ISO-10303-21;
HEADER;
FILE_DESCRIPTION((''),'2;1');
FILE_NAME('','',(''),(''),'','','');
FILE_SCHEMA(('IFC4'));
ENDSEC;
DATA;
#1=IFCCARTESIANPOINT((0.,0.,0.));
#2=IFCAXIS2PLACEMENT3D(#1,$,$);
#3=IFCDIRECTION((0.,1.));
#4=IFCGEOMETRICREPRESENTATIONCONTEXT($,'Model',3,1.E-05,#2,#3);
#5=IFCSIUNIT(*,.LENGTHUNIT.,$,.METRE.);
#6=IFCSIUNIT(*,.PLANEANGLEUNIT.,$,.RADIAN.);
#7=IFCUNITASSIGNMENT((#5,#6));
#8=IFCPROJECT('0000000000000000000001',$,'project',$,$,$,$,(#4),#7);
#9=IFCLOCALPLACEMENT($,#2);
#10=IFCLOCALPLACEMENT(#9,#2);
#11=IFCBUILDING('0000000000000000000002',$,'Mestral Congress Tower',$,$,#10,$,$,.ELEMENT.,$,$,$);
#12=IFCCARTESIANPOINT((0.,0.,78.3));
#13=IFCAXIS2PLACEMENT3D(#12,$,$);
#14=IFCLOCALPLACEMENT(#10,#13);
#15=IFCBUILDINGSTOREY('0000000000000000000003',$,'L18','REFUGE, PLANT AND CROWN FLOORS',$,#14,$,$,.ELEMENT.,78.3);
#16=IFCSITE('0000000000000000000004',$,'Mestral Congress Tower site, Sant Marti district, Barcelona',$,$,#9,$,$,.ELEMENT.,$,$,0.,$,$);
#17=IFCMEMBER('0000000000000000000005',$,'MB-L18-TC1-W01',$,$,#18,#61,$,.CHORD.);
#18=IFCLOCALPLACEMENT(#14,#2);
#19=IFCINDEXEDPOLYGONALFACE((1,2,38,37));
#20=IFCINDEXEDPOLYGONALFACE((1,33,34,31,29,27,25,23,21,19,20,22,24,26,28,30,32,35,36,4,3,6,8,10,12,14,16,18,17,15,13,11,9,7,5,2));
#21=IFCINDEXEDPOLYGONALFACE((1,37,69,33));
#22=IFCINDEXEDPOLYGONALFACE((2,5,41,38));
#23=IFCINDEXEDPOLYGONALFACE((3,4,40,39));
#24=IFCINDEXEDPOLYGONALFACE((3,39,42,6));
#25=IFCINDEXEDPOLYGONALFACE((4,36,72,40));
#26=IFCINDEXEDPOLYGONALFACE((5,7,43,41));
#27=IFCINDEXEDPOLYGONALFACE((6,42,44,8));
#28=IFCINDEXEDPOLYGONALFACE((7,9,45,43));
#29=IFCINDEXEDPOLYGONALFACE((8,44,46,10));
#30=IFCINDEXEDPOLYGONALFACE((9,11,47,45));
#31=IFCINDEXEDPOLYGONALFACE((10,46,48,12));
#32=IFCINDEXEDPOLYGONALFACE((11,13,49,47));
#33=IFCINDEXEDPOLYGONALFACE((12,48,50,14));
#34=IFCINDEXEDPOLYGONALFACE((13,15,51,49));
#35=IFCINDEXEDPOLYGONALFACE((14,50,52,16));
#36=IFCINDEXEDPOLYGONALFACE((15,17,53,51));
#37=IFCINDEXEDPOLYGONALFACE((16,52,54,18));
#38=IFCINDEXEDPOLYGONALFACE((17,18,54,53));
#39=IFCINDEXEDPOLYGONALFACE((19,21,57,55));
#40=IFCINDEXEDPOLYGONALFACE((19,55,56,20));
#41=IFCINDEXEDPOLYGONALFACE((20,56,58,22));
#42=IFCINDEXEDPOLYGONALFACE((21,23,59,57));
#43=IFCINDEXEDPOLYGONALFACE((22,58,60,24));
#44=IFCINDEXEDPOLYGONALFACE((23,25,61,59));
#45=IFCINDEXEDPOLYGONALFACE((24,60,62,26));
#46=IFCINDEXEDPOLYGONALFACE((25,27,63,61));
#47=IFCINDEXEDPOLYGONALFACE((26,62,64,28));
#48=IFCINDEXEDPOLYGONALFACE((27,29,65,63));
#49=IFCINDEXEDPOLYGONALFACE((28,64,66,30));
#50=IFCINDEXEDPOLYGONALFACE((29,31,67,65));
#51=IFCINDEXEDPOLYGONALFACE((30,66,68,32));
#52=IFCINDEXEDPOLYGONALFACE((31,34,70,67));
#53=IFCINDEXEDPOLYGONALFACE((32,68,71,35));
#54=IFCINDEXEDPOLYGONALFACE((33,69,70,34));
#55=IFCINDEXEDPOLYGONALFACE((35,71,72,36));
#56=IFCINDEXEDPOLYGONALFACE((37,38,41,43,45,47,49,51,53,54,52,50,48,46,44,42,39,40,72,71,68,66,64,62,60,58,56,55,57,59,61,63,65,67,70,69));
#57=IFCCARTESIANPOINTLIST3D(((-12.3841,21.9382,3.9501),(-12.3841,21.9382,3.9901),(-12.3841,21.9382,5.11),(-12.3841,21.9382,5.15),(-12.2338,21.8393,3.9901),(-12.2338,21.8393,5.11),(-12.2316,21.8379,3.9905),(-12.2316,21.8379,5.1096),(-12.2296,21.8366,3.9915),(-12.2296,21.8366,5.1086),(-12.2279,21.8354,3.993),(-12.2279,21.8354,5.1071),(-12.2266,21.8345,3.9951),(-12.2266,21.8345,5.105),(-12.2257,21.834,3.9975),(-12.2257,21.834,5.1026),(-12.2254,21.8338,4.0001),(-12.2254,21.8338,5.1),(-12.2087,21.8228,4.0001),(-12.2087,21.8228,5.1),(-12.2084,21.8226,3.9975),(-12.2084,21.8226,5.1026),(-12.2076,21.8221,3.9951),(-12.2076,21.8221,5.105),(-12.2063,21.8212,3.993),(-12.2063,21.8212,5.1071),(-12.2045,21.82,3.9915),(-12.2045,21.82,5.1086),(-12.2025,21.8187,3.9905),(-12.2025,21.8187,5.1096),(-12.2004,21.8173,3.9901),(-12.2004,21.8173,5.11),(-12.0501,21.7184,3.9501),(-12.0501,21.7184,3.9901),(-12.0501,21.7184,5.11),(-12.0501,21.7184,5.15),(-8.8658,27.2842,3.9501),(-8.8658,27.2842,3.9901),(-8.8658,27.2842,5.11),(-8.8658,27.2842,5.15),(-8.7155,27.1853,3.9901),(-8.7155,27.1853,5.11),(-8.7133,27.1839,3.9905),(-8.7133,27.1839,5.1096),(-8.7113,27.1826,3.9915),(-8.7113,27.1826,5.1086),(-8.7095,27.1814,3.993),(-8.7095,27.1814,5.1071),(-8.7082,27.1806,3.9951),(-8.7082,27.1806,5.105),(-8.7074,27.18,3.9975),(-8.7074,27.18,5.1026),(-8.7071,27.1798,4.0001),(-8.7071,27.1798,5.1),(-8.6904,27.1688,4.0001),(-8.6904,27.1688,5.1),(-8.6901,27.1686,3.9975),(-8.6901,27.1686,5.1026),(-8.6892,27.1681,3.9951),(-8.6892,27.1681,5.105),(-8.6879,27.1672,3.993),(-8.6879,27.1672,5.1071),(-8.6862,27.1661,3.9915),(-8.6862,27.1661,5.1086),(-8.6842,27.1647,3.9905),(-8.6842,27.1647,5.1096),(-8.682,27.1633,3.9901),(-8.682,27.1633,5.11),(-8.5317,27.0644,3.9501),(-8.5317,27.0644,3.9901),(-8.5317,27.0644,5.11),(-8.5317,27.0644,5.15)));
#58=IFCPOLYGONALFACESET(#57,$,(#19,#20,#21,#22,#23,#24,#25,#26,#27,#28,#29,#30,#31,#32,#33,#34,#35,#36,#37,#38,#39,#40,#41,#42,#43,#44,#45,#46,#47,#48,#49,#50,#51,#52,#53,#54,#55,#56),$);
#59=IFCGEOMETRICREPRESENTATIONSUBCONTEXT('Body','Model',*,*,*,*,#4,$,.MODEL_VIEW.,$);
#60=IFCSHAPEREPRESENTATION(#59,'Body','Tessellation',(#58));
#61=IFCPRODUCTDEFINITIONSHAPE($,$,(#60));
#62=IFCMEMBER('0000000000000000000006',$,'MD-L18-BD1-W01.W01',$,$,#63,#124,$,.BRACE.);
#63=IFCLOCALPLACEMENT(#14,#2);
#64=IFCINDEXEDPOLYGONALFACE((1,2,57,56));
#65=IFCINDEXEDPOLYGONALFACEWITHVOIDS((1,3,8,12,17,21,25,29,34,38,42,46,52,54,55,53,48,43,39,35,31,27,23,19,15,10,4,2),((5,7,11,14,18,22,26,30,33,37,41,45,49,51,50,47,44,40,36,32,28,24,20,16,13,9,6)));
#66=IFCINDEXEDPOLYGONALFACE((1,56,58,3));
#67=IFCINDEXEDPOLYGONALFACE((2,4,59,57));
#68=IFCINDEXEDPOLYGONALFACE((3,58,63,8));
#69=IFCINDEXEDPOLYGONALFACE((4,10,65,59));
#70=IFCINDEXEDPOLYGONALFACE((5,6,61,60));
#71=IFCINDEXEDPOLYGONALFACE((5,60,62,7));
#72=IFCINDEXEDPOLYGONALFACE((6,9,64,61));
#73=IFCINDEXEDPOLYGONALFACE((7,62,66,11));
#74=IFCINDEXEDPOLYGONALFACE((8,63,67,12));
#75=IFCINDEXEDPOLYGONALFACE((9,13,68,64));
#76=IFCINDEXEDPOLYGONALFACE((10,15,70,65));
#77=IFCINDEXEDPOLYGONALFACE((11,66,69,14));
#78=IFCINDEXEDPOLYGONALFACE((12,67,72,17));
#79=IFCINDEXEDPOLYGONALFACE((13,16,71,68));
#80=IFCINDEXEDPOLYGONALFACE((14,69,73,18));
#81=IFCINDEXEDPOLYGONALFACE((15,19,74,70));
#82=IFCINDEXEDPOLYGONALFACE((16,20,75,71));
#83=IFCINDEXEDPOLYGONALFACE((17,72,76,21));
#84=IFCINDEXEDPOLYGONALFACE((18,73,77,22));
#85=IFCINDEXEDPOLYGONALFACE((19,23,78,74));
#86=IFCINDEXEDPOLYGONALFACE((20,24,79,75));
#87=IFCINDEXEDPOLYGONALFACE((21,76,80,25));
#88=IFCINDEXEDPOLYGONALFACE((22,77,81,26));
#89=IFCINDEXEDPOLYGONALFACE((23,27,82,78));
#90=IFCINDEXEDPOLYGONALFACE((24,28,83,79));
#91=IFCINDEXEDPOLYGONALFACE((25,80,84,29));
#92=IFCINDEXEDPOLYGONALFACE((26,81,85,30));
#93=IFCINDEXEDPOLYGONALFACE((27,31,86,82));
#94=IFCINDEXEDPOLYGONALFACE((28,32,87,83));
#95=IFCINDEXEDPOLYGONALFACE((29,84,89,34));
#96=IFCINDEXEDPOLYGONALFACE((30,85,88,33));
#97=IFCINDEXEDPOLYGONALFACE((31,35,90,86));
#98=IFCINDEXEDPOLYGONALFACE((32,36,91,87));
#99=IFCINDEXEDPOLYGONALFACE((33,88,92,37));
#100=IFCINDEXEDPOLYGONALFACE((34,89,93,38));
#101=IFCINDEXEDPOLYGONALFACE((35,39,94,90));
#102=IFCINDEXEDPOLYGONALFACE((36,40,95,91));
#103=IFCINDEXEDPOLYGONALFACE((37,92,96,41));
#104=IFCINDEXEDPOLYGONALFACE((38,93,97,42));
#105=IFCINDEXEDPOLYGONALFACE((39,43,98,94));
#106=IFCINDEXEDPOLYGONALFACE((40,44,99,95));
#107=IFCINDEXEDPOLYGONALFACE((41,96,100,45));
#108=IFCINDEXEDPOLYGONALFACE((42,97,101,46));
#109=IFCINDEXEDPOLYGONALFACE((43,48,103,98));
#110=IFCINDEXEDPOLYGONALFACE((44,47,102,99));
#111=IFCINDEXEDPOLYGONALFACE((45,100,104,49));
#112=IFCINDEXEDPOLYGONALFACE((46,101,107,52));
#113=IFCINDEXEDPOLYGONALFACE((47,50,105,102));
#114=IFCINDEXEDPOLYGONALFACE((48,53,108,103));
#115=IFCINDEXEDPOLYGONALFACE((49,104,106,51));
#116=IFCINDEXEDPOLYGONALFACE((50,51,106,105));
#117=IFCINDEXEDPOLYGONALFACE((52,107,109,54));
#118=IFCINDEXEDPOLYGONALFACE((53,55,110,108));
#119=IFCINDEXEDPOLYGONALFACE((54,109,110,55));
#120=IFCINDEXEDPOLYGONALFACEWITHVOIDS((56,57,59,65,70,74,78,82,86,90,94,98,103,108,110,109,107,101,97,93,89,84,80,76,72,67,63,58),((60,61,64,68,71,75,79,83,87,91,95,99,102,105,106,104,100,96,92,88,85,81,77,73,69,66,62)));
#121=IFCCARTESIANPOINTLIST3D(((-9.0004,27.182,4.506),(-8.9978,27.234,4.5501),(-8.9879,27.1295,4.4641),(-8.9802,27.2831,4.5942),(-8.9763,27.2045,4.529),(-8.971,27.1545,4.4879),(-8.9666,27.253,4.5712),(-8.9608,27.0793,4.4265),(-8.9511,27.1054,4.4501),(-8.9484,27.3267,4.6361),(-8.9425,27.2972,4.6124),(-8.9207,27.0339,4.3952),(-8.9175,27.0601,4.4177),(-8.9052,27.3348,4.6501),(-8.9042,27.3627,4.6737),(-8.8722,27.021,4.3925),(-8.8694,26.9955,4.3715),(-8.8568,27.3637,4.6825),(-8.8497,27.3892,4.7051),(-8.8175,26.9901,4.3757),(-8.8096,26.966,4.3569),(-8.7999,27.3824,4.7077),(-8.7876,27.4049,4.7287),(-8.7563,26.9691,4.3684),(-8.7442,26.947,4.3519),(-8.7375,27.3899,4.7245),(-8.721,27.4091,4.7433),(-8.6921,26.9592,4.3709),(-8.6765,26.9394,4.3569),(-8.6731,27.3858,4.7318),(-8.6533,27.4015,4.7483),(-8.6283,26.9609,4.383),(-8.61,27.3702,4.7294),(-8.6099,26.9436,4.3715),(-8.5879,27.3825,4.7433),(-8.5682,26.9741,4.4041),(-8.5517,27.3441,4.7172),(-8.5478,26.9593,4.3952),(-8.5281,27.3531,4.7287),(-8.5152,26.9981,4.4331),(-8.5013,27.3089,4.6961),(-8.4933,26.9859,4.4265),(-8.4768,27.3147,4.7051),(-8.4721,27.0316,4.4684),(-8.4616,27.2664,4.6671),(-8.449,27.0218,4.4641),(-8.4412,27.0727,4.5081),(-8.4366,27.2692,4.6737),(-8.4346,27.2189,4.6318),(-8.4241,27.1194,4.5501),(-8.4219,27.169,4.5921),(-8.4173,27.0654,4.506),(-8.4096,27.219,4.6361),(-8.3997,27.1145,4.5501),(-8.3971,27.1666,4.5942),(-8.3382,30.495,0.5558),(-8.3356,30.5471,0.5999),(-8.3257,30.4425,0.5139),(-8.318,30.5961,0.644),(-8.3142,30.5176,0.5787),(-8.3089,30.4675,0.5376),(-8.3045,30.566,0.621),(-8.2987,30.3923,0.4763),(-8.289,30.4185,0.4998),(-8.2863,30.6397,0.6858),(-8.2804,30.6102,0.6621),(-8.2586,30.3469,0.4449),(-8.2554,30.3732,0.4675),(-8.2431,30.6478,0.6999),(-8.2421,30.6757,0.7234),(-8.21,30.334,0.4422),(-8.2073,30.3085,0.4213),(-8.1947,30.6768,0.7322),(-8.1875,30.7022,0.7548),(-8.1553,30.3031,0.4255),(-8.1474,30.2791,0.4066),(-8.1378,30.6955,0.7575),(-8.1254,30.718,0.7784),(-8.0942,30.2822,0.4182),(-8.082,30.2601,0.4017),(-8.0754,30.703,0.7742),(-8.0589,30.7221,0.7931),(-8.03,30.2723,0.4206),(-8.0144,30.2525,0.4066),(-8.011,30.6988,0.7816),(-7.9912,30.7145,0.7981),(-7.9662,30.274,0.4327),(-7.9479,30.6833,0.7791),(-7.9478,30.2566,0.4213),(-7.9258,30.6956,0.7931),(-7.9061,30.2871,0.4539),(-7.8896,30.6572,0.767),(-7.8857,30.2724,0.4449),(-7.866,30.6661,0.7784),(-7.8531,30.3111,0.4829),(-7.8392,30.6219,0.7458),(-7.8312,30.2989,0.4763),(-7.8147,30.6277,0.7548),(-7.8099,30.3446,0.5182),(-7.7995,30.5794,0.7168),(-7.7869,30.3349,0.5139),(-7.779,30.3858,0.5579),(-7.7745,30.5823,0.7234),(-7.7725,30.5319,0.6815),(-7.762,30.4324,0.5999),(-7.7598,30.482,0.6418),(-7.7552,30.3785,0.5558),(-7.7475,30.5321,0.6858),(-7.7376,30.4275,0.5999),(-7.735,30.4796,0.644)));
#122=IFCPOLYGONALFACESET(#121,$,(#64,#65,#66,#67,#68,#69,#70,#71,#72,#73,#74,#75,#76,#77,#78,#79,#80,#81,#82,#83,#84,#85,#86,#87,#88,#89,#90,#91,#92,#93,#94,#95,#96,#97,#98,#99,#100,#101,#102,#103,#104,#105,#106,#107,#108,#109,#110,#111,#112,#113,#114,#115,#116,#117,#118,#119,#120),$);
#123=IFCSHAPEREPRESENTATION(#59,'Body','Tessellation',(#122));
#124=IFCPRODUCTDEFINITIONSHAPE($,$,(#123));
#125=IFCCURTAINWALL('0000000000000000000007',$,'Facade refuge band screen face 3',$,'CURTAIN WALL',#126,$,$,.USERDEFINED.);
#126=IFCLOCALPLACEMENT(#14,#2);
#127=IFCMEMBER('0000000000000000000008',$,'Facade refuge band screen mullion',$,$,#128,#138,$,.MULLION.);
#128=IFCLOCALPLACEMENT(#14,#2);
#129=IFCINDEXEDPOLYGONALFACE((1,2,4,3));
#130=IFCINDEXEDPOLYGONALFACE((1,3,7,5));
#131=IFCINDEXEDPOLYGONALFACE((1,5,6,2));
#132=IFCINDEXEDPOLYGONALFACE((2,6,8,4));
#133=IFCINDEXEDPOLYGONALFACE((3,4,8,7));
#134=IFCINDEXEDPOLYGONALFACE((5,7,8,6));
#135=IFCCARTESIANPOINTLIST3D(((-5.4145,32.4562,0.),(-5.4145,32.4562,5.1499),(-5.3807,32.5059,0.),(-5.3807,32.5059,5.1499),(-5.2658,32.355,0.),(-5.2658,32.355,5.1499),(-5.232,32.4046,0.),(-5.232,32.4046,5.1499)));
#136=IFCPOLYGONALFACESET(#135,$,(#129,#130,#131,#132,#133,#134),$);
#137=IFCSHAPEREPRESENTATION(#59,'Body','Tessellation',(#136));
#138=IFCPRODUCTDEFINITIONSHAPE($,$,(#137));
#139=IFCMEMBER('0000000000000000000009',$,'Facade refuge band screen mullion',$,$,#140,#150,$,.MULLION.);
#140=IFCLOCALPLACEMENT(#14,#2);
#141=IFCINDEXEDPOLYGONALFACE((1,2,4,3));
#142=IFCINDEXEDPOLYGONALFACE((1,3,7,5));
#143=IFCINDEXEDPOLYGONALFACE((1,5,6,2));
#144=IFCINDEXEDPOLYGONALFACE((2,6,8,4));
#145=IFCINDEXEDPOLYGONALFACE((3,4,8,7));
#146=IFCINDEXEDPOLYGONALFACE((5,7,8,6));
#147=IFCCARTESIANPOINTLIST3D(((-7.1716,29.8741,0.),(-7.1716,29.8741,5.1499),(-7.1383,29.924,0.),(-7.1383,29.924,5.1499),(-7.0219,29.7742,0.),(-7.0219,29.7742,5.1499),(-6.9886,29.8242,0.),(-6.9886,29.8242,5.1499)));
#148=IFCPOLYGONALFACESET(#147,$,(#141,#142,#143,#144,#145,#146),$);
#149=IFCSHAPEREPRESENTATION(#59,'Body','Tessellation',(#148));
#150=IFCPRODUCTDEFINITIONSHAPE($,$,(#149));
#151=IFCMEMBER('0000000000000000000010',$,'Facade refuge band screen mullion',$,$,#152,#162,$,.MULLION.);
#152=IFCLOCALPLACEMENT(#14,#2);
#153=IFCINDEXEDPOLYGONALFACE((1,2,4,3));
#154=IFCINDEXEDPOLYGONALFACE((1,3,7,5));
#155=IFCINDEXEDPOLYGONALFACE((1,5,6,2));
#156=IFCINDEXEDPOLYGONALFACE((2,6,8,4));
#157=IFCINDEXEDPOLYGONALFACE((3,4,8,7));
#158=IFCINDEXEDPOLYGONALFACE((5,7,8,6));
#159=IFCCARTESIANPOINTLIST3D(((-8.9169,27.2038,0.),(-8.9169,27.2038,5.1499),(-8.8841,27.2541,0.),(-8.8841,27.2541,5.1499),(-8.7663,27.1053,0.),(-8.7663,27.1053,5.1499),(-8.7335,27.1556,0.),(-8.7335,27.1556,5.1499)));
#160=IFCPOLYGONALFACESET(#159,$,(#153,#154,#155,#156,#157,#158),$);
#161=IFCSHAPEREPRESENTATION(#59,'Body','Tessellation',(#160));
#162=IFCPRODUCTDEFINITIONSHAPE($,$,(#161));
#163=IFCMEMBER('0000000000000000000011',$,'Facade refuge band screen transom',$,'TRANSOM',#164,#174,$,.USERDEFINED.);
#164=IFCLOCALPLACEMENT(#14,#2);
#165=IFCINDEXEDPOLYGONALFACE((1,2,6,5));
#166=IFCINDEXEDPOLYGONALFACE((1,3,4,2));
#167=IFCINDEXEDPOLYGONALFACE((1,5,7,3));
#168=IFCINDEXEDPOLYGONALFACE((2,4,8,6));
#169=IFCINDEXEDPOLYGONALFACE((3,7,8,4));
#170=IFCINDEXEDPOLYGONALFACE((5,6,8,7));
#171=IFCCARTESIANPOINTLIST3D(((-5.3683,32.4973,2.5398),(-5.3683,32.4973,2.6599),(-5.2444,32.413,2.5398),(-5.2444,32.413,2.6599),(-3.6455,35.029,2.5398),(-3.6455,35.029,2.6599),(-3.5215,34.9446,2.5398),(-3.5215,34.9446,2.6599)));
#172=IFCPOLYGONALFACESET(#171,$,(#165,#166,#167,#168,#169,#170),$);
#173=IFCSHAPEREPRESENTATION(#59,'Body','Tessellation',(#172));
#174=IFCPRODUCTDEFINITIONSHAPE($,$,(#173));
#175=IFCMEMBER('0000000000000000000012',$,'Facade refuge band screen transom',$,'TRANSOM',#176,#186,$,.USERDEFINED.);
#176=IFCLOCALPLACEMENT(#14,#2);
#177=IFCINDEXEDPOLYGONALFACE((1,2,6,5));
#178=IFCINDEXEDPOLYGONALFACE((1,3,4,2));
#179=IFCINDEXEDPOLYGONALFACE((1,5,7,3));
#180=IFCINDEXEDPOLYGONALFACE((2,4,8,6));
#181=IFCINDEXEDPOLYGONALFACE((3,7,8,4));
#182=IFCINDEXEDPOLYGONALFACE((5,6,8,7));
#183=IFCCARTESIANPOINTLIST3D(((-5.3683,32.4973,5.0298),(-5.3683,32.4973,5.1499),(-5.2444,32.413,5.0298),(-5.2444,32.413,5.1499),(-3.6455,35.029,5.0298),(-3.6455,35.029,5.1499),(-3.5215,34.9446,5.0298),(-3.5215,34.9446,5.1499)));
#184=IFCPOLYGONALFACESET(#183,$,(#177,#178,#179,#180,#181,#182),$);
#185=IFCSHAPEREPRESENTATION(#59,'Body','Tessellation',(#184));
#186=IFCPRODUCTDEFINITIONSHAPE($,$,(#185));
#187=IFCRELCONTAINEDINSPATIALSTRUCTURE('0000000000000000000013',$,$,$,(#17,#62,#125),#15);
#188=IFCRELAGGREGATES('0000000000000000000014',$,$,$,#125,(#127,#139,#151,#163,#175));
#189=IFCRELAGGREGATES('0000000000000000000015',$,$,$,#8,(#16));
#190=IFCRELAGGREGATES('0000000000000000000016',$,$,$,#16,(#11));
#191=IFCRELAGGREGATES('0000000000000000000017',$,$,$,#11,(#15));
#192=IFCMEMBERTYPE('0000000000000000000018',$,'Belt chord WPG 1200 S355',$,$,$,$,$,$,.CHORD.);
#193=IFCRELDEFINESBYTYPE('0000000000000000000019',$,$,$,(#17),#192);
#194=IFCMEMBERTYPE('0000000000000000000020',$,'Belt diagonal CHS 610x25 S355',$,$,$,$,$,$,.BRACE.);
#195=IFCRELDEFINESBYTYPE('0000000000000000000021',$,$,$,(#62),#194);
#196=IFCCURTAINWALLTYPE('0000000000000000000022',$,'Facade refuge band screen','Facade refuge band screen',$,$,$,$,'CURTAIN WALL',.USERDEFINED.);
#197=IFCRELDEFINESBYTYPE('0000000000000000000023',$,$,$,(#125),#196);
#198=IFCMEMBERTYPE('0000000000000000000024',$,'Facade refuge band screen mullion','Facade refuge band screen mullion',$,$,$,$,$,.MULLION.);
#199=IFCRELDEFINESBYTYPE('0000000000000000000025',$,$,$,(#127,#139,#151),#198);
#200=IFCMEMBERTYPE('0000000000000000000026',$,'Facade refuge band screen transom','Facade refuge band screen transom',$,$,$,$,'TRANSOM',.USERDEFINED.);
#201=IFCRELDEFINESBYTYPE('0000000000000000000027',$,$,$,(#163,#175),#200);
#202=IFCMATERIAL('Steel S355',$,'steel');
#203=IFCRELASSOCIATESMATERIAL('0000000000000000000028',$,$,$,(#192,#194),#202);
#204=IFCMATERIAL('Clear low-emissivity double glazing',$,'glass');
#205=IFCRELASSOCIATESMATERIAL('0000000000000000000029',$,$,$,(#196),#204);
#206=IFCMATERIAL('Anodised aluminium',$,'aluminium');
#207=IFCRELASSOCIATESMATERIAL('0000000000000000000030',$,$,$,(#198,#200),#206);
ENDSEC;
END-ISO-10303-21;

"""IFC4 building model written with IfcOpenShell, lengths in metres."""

from ifc_helpers import new_model, si_unit, direction, frame, origin, origin_2d, place, context, subcontext, project, spatial, rectangle, hollow_circle, i_section, extrude, material, material_profile, profile_set, type_object, element, aggregate, save


model = new_model("IFC4")

# Units and contexts
model_context = context("Model", 3, precision=1e-05, world=origin(), true_north=direction((0.0, 1.0)))
body_context = subcontext(model_context, "Body", "Model", "MODEL_VIEW")
ifc_project = project(units=[si_unit("LENGTHUNIT", "METRE"), si_unit("PLANEANGLEUNIT", "RADIAN")], contexts=[model_context])

# Site, building, storey
site_placement = place(None, origin())
site = spatial("IfcSite", under=ifc_project, at=site_placement, Name="Mestral Congress Tower site, Sant Marti district, Barcelona", CompositionType="ELEMENT", RefElevation=0.0)
building_placement = place(site_placement, origin())
building = spatial("IfcBuilding", under=site, at=building_placement, Name="Mestral Congress Tower", CompositionType="ELEMENT")
storey_placement = place(building_placement, frame((0.0, 0.0, 78.3)))
storey = spatial("IfcBuildingStorey", under=building, at=storey_placement, Name="L18", Description="REFUGE, PLANT AND CROWN FLOORS", CompositionType="ELEMENT", Elevation=78.3)

# Members
ifc_material_1 = material(Name="Steel S355", Category="steel")
ifc_material_profile_1 = material_profile(ifc_material_1, i_section(OverallWidth=0.3999, OverallDepth=1.2, WebThickness=0.02, FlangeThickness=0.04, FilletRadius=0.01, at=origin_2d()), Name="WPG 1200")
ifc_profile_set_1 = profile_set([ifc_material_profile_1], Name="Steel S355")
member_type_1 = type_object("IfcMemberType", Name="Belt chord WPG 1200 S355", PredefinedType="CHORD", material=ifc_profile_set_1)
for number, where, z_axis, x_axis, name in (
    (1, (-8.6987, 27.1743, 4.55), (-0.549752, -0.835328, 0.0), (0.835328, -0.549752, 0.0), "MB-L18-TC1-W01"),
):
    element("IfcMember", number, at=place(storey_placement, frame(where, z_axis=z_axis, x_axis=x_axis)), inside=storey, type_object=member_type_1, Name=name, PredefinedType="CHORD", context=body_context, shape_type="SweptSolid", body=[
        extrude(i_section(OverallWidth=0.3999, OverallDepth=1.2, WebThickness=0.02, FlangeThickness=0.04, FilletRadius=0.01, at=origin_2d()), origin(), (0.0, 0.0, 1.0), 6.3999),
    ])
ifc_material_profile_2 = material_profile(ifc_material_1, hollow_circle(Radius=0.3049, WallThickness=0.0249, at=origin_2d()), Name="CHS 610x25")
ifc_profile_set_2 = profile_set([ifc_material_profile_2], Name="Steel S355")
member_type_2 = type_object("IfcMemberType", Name="Belt diagonal CHS 610x25 S355", PredefinedType="BRACE", material=ifc_profile_set_2)
member_1_placement = place(storey_placement, frame((-8.0366, 30.4873, 0.5999), z_axis=(-0.12738, -0.637369, 0.759958), x_axis=(0.980608, -0.195977, 0.0)))
element("IfcMember", 2, at=member_1_placement, inside=storey, type_object=member_type_2, Name="MD-L18-BD1-W01.W01", PredefinedType="BRACE", context=body_context, shape_type="SweptSolid", body=[
    extrude(hollow_circle(Radius=0.3049, WallThickness=0.0249, at=origin_2d()), origin(), (0.0, 0.0, 1.0), 5.198),
])

# Curtain wall, members
ifc_material_2 = material(Name="Clear low-emissivity double glazing", Category="glass")
curtain_wall_type = type_object("IfcCurtainWallType", Name="Facade refuge band screen", Description="Facade refuge band screen", ElementType="CURTAIN WALL", PredefinedType="USERDEFINED", material=ifc_material_2)
curtain_wall_placement = place(storey_placement, origin())
curtain_wall = element("IfcCurtainWall", 3, at=curtain_wall_placement, inside=storey, type_object=curtain_wall_type, Name="Facade refuge band screen face 3", ObjectType="CURTAIN WALL", PredefinedType="USERDEFINED")
ifc_material_3 = material(Name="Anodised aluminium", Category="aluminium")
ifc_material_profile_3 = material_profile(ifc_material_3, rectangle(XDim=0.1799, YDim=0.0601, at=origin_2d()), Name="CW3 mullion 180 x 60")
ifc_profile_set_3 = profile_set([ifc_material_profile_3], Name="Anodised aluminium")
member_type_3 = type_object("IfcMemberType", Name="Facade refuge band screen mullion", Description="Facade refuge band screen mullion", PredefinedType="MULLION", material=ifc_profile_set_3)
member_2_placement = place(storey_placement, frame((-5.3232, 32.4304, 0.0), z_axis=(0.0, 0.0, 1.0), x_axis=(-0.826719, 0.562614, 0.0)))
member_2 = element("IfcMember", 4, at=member_2_placement, type_object=member_type_3, Name="Facade refuge band screen mullion", PredefinedType="MULLION", context=body_context, shape_type="SweptSolid", body=[
    extrude(rectangle(XDim=0.1799, YDim=0.0601, at=origin_2d()), origin(), (0.0, 0.0, 1.0), 5.1499),
])
member_3_placement = place(storey_placement, frame((-7.0801, 29.8491, 0.0), z_axis=(0.0, 0.0, 1.0), x_axis=(-0.831884, 0.554949, 0.0)))
member_3 = element("IfcMember", 5, at=member_3_placement, type_object=member_type_3, Name="Facade refuge band screen mullion", PredefinedType="MULLION", context=body_context, shape_type="SweptSolid", body=[
    extrude(rectangle(XDim=0.1799, YDim=0.0601, at=origin_2d()), origin(), (0.0, 0.0, 1.0), 5.1499),
])
member_4_placement = place(storey_placement, frame((-8.8252, 27.1797, 0.0), z_axis=(0.0, 0.0, 1.0), x_axis=(-0.836978, 0.547236, 0.0)))
member_4 = element("IfcMember", 6, at=member_4_placement, type_object=member_type_3, Name="Facade refuge band screen mullion", PredefinedType="MULLION", context=body_context, shape_type="SweptSolid", body=[
    extrude(rectangle(XDim=0.1799, YDim=0.0601, at=origin_2d()), origin(), (0.0, 0.0, 1.0), 5.1499),
])
ifc_material_profile_4 = material_profile(ifc_material_3, rectangle(XDim=0.1499, YDim=0.1201, at=origin_2d()), Name="CW3 transom 150 x 120")
ifc_profile_set_4 = profile_set([ifc_material_profile_4], Name="Anodised aluminium")
member_type_4 = type_object("IfcMemberType", Name="Facade refuge band screen transom", Description="Facade refuge band screen transom", ElementType="TRANSOM", PredefinedType="USERDEFINED", material=ifc_profile_set_4)
member_5_placement = place(storey_placement, frame((-3.5835, 34.9868, 2.5999), z_axis=(-0.562604, -0.826726, 0.0), x_axis=(0.826726, -0.562604, 0.0)))
member_5 = element("IfcMember", 7, at=member_5_placement, type_object=member_type_4, Name="Facade refuge band screen transom", ObjectType="TRANSOM", PredefinedType="USERDEFINED", context=body_context, shape_type="SweptSolid", body=[
    extrude(rectangle(XDim=0.1499, YDim=0.1201, at=origin_2d()), origin(), (0.0, 0.0, 1.0), 3.0623),
])
member_6_placement = place(storey_placement, frame((-3.5835, 34.9868, 5.0898), z_axis=(-0.562604, -0.826726, 0.0), x_axis=(0.826726, -0.562604, 0.0)))
member_6 = element("IfcMember", 8, at=member_6_placement, type_object=member_type_4, Name="Facade refuge band screen transom", ObjectType="TRANSOM", PredefinedType="USERDEFINED", context=body_context, shape_type="SweptSolid", body=[
    extrude(rectangle(XDim=0.1499, YDim=0.1201, at=origin_2d()), origin(), (0.0, 0.0, 1.0), 3.0623),
])

aggregate(curtain_wall, [member_2, member_3, member_4, member_5, member_6])

save(model, "model.ifc")
